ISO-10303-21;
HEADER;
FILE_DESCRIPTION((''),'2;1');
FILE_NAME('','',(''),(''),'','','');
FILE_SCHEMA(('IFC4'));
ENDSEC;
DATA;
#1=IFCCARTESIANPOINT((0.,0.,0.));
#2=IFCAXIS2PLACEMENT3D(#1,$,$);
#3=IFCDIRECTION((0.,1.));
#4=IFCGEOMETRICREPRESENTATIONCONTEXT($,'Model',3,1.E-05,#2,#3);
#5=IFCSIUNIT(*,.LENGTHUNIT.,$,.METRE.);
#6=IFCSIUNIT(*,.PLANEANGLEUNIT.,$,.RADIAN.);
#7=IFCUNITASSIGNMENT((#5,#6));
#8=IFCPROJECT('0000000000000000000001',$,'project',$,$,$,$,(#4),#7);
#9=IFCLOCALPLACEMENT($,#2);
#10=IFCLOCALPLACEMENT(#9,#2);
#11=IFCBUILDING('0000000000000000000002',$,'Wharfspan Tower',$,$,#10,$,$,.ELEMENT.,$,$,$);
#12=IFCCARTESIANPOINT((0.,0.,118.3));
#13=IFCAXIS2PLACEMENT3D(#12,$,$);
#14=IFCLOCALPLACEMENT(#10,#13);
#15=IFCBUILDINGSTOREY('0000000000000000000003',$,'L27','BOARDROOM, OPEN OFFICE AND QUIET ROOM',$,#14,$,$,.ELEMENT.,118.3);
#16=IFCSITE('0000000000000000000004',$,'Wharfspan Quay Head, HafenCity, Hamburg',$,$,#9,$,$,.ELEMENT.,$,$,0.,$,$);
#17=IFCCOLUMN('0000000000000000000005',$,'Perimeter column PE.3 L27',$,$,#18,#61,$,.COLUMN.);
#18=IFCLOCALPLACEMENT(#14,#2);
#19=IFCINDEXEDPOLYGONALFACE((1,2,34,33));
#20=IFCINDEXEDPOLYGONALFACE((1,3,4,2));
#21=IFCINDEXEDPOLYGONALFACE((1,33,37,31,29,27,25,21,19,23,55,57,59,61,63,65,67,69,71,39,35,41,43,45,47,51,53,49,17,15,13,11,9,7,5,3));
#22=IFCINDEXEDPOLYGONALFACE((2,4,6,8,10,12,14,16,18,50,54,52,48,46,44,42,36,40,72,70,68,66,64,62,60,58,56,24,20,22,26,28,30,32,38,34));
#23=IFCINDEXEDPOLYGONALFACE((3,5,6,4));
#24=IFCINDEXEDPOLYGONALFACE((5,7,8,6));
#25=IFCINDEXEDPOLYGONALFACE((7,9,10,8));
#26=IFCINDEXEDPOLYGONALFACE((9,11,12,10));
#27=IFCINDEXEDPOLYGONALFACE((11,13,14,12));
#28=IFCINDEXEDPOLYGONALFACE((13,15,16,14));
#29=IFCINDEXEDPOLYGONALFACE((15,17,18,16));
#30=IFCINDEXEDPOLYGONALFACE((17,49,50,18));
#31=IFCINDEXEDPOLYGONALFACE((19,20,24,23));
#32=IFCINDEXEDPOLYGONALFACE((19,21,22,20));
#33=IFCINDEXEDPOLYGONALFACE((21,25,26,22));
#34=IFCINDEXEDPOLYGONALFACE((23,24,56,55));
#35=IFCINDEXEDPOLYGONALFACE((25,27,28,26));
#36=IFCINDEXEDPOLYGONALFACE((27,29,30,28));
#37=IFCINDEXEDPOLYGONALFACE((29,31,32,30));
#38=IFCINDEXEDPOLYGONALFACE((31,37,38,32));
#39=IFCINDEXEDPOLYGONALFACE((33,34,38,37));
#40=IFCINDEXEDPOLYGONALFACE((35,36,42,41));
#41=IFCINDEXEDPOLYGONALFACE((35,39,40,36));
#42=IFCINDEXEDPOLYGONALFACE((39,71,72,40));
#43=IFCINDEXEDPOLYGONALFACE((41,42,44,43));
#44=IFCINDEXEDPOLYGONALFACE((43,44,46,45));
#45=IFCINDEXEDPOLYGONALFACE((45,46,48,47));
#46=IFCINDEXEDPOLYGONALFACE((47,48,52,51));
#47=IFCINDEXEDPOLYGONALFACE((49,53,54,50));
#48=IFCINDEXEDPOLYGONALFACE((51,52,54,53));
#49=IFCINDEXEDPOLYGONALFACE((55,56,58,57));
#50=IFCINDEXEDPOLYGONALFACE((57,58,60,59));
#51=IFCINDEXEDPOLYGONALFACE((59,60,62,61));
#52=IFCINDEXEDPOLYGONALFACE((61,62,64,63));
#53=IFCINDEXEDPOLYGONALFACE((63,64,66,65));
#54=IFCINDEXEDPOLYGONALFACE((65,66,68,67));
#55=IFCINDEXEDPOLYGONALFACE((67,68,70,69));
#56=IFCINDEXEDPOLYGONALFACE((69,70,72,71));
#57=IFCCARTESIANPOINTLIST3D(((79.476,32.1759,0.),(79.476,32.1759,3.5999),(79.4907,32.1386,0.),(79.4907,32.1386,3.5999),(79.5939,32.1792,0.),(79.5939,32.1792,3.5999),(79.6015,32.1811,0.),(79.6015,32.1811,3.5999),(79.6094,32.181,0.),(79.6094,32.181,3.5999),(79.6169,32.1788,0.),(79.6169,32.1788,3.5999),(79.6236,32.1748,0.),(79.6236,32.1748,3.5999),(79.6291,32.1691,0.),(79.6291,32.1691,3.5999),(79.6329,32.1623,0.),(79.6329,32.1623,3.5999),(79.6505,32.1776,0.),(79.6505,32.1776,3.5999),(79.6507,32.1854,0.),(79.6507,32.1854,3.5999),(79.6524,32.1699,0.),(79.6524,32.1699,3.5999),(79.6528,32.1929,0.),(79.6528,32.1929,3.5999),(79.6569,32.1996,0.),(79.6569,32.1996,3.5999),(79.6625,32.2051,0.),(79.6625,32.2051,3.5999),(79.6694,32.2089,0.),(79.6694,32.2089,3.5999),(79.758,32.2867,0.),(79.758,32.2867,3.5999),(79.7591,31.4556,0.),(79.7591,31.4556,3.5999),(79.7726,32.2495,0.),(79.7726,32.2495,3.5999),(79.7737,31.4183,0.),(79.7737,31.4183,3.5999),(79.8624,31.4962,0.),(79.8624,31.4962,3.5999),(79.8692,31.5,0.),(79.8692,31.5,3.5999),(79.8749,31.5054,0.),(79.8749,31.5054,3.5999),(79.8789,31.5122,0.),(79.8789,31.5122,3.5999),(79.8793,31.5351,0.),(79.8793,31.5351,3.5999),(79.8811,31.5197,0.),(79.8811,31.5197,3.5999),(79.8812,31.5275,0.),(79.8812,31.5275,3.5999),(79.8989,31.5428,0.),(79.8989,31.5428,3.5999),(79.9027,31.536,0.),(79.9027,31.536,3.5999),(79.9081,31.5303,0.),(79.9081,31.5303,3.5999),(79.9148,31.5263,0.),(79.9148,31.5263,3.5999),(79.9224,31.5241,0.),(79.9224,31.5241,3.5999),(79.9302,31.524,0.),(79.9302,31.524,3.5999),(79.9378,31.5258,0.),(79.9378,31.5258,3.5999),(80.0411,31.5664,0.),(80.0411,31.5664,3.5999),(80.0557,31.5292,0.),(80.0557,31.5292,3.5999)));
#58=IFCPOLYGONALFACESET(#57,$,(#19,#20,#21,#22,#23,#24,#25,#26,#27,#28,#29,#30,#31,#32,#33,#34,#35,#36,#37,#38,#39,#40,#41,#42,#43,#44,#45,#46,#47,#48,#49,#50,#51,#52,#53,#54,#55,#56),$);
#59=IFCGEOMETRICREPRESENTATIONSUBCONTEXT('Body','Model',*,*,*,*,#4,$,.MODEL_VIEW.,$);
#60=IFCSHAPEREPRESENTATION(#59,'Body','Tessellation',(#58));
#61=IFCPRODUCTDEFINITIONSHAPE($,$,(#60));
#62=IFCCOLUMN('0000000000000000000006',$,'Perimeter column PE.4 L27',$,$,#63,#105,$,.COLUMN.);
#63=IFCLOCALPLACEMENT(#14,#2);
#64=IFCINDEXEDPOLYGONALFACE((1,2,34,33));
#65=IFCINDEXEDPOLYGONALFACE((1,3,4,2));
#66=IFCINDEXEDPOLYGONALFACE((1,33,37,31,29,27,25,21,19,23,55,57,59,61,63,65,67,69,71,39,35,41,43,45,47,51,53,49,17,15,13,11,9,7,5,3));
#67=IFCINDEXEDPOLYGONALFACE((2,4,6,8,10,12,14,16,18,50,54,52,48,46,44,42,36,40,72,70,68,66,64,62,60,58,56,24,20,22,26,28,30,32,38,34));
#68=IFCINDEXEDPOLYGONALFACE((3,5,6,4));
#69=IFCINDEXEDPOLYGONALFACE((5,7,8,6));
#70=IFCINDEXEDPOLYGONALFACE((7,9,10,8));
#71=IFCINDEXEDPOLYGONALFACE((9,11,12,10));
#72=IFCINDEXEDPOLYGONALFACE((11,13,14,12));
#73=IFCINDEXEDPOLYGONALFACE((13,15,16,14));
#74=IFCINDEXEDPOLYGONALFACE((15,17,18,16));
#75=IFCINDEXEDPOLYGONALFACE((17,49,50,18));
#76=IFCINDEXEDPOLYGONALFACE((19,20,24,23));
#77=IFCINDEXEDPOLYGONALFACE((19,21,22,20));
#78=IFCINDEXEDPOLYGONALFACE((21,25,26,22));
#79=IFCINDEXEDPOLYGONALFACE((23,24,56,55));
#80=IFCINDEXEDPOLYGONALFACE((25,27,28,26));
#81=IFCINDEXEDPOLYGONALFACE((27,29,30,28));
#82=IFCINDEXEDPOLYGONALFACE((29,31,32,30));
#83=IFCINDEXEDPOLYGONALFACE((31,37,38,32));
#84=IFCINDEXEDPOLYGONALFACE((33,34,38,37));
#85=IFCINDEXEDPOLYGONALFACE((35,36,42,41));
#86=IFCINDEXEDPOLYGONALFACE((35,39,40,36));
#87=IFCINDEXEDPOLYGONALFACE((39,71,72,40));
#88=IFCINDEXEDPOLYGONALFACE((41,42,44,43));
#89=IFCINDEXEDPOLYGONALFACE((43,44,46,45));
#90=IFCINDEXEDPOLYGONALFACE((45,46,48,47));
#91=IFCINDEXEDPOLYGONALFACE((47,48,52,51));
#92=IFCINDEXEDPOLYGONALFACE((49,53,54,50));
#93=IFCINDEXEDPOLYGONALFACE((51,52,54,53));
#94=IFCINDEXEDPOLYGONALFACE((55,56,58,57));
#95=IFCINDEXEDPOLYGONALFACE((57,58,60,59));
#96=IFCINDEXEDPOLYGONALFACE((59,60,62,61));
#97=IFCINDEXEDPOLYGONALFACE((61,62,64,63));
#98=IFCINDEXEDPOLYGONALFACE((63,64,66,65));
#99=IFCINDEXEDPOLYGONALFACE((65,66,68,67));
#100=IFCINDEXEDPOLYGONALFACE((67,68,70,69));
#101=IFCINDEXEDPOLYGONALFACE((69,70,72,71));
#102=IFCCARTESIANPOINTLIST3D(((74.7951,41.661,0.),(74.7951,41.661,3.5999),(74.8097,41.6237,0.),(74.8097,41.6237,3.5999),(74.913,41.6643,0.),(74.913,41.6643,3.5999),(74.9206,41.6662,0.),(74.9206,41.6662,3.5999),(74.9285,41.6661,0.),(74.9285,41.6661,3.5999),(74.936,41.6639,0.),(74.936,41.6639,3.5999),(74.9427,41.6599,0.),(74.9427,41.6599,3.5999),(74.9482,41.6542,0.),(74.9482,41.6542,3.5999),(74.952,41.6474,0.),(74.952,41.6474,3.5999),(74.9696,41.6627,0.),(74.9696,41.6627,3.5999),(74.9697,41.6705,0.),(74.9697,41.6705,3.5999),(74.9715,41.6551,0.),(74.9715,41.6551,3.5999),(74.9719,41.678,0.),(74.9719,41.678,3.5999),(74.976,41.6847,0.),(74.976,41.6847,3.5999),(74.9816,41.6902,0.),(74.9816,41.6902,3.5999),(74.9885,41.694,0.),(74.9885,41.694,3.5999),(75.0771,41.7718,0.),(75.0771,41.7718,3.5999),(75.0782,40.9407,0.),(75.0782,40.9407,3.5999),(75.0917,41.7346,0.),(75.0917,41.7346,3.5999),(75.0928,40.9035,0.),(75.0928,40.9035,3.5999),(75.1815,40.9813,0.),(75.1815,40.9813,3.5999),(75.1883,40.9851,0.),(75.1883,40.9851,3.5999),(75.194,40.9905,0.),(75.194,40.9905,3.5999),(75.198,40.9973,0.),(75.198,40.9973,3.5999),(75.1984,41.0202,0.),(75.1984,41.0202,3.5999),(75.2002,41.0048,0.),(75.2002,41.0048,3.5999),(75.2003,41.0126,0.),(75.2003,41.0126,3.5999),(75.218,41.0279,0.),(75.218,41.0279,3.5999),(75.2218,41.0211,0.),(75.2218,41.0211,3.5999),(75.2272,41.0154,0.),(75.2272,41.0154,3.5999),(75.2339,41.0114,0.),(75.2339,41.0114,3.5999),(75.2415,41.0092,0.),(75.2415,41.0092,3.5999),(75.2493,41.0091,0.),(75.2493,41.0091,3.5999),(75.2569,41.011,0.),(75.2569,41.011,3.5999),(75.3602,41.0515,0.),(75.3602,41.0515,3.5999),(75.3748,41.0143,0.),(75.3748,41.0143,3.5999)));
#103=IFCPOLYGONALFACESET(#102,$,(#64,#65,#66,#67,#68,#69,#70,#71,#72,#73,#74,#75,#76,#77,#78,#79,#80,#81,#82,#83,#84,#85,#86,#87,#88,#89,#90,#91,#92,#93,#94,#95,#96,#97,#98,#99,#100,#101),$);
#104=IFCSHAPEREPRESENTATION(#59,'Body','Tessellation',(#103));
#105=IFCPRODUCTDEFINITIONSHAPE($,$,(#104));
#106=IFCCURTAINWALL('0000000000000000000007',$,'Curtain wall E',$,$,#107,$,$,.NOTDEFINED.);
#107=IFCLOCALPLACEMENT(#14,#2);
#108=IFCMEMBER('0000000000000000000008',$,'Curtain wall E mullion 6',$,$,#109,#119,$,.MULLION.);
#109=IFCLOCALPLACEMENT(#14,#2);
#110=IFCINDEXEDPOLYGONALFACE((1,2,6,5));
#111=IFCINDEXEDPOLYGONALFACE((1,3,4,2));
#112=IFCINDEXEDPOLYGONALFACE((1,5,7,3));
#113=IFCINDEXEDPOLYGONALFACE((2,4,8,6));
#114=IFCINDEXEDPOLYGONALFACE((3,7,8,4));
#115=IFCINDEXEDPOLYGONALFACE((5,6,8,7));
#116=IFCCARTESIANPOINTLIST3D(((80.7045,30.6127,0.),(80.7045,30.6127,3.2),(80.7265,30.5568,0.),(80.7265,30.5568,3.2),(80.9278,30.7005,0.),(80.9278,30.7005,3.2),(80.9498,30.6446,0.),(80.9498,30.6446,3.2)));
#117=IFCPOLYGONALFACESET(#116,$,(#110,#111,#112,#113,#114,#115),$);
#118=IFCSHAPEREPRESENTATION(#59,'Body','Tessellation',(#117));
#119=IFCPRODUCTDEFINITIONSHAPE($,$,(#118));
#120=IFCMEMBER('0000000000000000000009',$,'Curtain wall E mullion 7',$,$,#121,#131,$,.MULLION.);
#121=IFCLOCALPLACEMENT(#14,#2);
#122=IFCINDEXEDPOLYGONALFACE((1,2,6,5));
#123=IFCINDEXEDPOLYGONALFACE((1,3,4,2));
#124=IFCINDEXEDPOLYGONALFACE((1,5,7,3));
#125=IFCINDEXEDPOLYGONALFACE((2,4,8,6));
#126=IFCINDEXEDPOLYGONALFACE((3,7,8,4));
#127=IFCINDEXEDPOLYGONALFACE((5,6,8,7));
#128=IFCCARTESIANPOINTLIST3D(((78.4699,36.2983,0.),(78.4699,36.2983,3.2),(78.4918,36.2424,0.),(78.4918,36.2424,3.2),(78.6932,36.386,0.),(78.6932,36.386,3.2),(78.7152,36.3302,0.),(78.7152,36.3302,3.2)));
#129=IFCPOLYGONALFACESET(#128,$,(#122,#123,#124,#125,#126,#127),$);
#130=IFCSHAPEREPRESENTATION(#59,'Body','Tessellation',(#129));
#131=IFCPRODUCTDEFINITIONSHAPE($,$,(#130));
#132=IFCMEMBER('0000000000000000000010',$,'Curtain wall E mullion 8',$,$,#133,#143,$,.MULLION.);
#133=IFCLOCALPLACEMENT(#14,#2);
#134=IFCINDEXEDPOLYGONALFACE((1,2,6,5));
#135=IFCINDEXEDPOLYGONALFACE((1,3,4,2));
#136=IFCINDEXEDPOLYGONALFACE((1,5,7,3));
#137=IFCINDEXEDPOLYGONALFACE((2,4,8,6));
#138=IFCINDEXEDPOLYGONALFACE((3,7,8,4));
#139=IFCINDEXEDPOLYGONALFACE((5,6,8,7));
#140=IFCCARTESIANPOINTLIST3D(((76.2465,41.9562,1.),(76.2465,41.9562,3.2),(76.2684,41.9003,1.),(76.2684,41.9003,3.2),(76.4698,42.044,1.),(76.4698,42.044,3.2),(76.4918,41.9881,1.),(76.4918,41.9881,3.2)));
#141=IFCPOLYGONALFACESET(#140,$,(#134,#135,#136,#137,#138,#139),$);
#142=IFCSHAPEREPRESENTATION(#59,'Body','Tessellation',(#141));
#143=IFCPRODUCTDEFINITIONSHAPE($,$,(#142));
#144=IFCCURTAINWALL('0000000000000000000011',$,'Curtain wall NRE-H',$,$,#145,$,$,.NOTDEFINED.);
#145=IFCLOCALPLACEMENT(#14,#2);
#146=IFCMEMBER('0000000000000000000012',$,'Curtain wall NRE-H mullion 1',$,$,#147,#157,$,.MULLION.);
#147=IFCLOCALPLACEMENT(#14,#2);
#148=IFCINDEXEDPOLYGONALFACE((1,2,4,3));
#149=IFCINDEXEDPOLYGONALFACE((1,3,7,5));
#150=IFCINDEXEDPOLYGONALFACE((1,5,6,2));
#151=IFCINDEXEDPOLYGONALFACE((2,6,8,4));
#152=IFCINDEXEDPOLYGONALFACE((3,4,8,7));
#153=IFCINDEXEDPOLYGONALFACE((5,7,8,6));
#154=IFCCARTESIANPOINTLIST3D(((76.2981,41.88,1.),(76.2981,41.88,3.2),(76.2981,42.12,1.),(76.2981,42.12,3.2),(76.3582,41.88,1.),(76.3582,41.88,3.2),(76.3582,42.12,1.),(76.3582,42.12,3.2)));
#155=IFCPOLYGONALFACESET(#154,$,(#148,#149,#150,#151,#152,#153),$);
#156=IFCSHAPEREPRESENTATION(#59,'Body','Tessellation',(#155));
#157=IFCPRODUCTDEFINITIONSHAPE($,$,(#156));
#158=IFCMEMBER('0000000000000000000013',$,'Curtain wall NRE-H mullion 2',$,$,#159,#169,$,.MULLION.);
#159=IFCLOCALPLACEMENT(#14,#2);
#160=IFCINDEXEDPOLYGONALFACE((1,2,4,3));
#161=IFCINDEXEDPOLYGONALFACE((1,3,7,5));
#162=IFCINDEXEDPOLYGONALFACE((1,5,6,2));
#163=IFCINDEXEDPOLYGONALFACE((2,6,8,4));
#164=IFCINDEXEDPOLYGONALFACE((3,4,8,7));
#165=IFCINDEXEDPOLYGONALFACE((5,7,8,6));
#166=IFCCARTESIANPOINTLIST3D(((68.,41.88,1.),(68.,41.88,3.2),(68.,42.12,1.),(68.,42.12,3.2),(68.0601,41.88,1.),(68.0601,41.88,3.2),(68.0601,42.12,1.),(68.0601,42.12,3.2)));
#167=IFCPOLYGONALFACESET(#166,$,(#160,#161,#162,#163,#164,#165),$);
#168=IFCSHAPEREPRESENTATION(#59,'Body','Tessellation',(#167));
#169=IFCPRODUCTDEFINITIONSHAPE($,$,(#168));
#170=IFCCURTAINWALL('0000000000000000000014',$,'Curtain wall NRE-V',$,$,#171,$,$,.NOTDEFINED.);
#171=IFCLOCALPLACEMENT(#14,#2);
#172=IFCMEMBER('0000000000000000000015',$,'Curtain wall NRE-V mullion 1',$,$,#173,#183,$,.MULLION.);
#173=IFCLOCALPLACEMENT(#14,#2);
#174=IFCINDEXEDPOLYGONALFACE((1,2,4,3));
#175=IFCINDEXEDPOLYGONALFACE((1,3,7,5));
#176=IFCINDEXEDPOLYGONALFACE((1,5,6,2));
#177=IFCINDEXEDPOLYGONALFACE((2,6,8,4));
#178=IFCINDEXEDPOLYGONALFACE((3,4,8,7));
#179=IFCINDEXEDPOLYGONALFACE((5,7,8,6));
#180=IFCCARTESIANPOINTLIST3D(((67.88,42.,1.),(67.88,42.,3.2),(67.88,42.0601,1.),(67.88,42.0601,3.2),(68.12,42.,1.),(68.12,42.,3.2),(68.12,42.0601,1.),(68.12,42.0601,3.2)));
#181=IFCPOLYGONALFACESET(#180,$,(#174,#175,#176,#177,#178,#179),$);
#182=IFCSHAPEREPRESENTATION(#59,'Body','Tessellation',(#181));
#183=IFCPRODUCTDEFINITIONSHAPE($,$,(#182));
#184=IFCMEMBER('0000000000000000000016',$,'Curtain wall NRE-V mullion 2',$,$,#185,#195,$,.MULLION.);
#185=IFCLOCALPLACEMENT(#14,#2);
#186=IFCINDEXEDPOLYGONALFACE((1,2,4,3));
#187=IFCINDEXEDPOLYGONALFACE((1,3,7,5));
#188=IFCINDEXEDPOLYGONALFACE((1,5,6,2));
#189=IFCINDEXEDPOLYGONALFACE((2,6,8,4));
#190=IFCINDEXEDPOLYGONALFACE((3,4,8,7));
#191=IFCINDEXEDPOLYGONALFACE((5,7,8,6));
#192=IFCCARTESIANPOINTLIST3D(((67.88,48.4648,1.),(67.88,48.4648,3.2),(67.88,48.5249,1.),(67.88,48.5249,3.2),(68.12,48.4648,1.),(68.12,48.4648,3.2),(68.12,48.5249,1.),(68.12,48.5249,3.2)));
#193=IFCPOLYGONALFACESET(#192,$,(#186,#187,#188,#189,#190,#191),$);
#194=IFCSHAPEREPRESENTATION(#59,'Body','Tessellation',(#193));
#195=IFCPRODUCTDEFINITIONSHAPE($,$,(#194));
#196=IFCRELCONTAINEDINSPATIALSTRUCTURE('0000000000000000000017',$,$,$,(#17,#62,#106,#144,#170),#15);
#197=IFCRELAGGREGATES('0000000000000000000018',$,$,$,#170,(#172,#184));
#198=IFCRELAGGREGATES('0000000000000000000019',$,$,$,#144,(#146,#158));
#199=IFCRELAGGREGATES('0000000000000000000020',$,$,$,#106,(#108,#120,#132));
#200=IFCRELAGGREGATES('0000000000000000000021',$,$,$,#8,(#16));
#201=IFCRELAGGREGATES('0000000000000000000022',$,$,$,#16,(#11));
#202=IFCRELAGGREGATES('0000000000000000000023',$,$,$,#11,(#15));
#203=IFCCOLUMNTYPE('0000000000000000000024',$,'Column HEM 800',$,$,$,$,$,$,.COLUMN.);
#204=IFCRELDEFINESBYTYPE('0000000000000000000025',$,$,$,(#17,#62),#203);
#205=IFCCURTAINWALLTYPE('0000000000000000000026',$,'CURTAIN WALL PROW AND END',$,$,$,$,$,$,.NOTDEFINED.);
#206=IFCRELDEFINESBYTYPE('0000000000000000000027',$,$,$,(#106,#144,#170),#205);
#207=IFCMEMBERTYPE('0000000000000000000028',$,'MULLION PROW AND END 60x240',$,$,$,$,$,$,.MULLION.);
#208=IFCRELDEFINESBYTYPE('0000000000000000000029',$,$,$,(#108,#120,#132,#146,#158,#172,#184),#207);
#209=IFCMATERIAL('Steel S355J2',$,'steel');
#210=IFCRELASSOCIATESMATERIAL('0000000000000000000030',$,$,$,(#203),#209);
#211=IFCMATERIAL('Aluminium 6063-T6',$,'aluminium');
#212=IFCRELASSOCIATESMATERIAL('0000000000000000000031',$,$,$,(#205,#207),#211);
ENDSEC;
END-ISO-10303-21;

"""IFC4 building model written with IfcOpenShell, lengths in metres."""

from ifc_helpers import new_model, si_unit, direction, frame, origin, origin_2d, place, context, subcontext, project, spatial, rectangle, i_section, extrude, material, material_profile, profile_set, type_object, element, aggregate, save


model = new_model("IFC4")

# Units and contexts
model_context = context("Model", 3, precision=1e-05, world=origin(), true_north=direction((0.0, 1.0)))
body_context = subcontext(model_context, "Body", "Model", "MODEL_VIEW")
ifc_project = project(units=[si_unit("LENGTHUNIT", "METRE"), si_unit("PLANEANGLEUNIT", "RADIAN")], contexts=[model_context])

# Site, building, storey
site_placement = place(None, origin())
site = spatial("IfcSite", under=ifc_project, at=site_placement, Name="Wharfspan Quay Head, HafenCity, Hamburg", CompositionType="ELEMENT", RefElevation=0.0)
building_placement = place(site_placement, origin())
building = spatial("IfcBuilding", under=site, at=building_placement, Name="Wharfspan Tower", CompositionType="ELEMENT")
storey_placement = place(building_placement, frame((0.0, 0.0, 118.3)))
storey = spatial("IfcBuildingStorey", under=building, at=storey_placement, Name="L27", Description="BOARDROOM, OPEN OFFICE AND QUIET ROOM", CompositionType="ELEMENT", Elevation=118.3)

# Columns
ifc_material_1 = material(Name="Steel S355J2", Category="steel")
ifc_material_profile_1 = material_profile(ifc_material_1, i_section(OverallWidth=0.303, OverallDepth=0.814, WebThickness=0.021, FlangeThickness=0.04, FilletRadius=0.03, at=origin_2d()))
ifc_profile_set_1 = profile_set([ifc_material_profile_1], Name="Steel S355J2")
column_type = type_object("IfcColumnType", Name="Column HEM 800", PredefinedType="COLUMN", material=ifc_profile_set_1)
for number, where, z_axis, x_axis, name in (
    (1, (79.7659, 31.8525, 0.0), (0.0, 0.0, 1.0), (0.930702, 0.365778, 0.0), "Perimeter column PE.3 L27"),
    (2, (75.085, 41.3376, 0.0), (0.0, 0.0, 1.0), (0.930702, 0.365778, 0.0), "Perimeter column PE.4 L27"),
):
    element("IfcColumn", number, at=place(storey_placement, frame(where, z_axis=z_axis, x_axis=x_axis)), inside=storey, type_object=column_type, Name=name, PredefinedType="COLUMN", context=body_context, shape_type="SweptSolid", body=[
        extrude(i_section(OverallWidth=0.303, OverallDepth=0.814, WebThickness=0.021, FlangeThickness=0.04, FilletRadius=0.03, at=origin_2d()), origin(), (0.0, 0.0, 1.0), 3.5999),
    ])

# Curtain walls, members
ifc_material_2 = material(Name="Aluminium 6063-T6", Category="aluminium")
curtain_wall_type = type_object("IfcCurtainWallType", Name="CURTAIN WALL PROW AND END", PredefinedType="NOTDEFINED", material=ifc_material_2)
curtain_wall_1_placement = place(storey_placement, origin())
curtain_wall_1 = element("IfcCurtainWall", 3, at=curtain_wall_1_placement, inside=storey, type_object=curtain_wall_type, Name="Curtain wall E", PredefinedType="NOTDEFINED")
ifc_material_profile_2 = material_profile(ifc_material_2, rectangle(XDim=0.24, YDim=0.0601, at=origin_2d()))
ifc_profile_set_2 = profile_set([ifc_material_profile_2], Name="Aluminium 6063-T6")
member_type_1 = type_object("IfcMemberType", Name="MULLION PROW AND END 60x240", PredefinedType="MULLION", material=ifc_profile_set_2)
member_1_placement = place(storey_placement, frame((80.8271, 30.6287, 0.0), z_axis=(0.0, 0.0, 1.0), x_axis=(-0.930702, -0.365778, 0.0)))
member_1 = element("IfcMember", 4, at=member_1_placement, type_object=member_type_1, Name="Curtain wall E mullion 6", PredefinedType="MULLION", context=body_context, shape_type="SweptSolid", body=[
    extrude(rectangle(XDim=0.24, YDim=0.0601, at=origin_2d()), origin(), (0.0, 0.0, 1.0), 3.2),
])
member_2_placement = place(storey_placement, frame((78.5925, 36.3142, 0.0), z_axis=(0.0, 0.0, 1.0), x_axis=(-0.930702, -0.365778, 0.0)))
member_2 = element("IfcMember", 5, at=member_2_placement, type_object=member_type_1, Name="Curtain wall E mullion 7", PredefinedType="MULLION", context=body_context, shape_type="SweptSolid", body=[
    extrude(rectangle(XDim=0.24, YDim=0.0601, at=origin_2d()), origin(), (0.0, 0.0, 1.0), 3.2),
])
member_3_placement = place(storey_placement, frame((76.3691, 41.9722, 1.0), z_axis=(0.0, 0.0, 1.0), x_axis=(-0.930702, -0.365778, 0.0)))
member_3 = element("IfcMember", 6, at=member_3_placement, type_object=member_type_1, Name="Curtain wall E mullion 8", PredefinedType="MULLION", context=body_context, shape_type="SweptSolid", body=[
    extrude(rectangle(XDim=0.24, YDim=0.0601, at=origin_2d()), origin(), (0.0, 0.0, 1.0), 2.2),
])
curtain_wall_2_placement = place(storey_placement, origin())
curtain_wall_2 = element("IfcCurtainWall", 7, at=curtain_wall_2_placement, inside=storey, type_object=curtain_wall_type, Name="Curtain wall NRE-H", PredefinedType="NOTDEFINED")
member_4_placement = place(storey_placement, frame((76.3281, 42.0, 1.0), z_axis=(0.0, 0.0, 1.0), x_axis=(0.0, -1.0, 0.0)))
member_4 = element("IfcMember", 8, at=member_4_placement, type_object=member_type_1, Name="Curtain wall NRE-H mullion 1", PredefinedType="MULLION", context=body_context, shape_type="SweptSolid", body=[
    extrude(rectangle(XDim=0.24, YDim=0.0601, at=origin_2d()), origin(), (0.0, 0.0, 1.0), 2.2),
])
member_5_placement = place(storey_placement, frame((68.03, 42.0, 1.0), z_axis=(0.0, 0.0, 1.0), x_axis=(0.0, -1.0, 0.0)))
member_5 = element("IfcMember", 9, at=member_5_placement, type_object=member_type_1, Name="Curtain wall NRE-H mullion 2", PredefinedType="MULLION", context=body_context, shape_type="SweptSolid", body=[
    extrude(rectangle(XDim=0.24, YDim=0.0601, at=origin_2d()), origin(), (0.0, 0.0, 1.0), 2.2),
])
curtain_wall_3_placement = place(storey_placement, origin())
curtain_wall_3 = element("IfcCurtainWall", 10, at=curtain_wall_3_placement, inside=storey, type_object=curtain_wall_type, Name="Curtain wall NRE-V", PredefinedType="NOTDEFINED")
member_6_placement = place(storey_placement, frame((68.0, 42.03, 1.0), z_axis=(0.0, 0.0, 1.0), x_axis=(-1.0, 0.0, 0.0)))
member_6 = element("IfcMember", 11, at=member_6_placement, type_object=member_type_1, Name="Curtain wall NRE-V mullion 1", PredefinedType="MULLION", context=body_context, shape_type="SweptSolid", body=[
    extrude(rectangle(XDim=0.24, YDim=0.0601, at=origin_2d()), origin(), (0.0, 0.0, 1.0), 2.2),
])
member_7_placement = place(storey_placement, frame((68.0, 48.4949, 1.0), z_axis=(0.0, 0.0, 1.0), x_axis=(-1.0, 0.0, 0.0)))
member_7 = element("IfcMember", 12, at=member_7_placement, type_object=member_type_1, Name="Curtain wall NRE-V mullion 2", PredefinedType="MULLION", context=body_context, shape_type="SweptSolid", body=[
    extrude(rectangle(XDim=0.24, YDim=0.0601, at=origin_2d()), origin(), (0.0, 0.0, 1.0), 2.2),
])

aggregate(curtain_wall_3, [member_6, member_7])

aggregate(curtain_wall_2, [member_4, member_5])
aggregate(curtain_wall_1, [member_1, member_2, member_3])

save(model, "model.ifc")
